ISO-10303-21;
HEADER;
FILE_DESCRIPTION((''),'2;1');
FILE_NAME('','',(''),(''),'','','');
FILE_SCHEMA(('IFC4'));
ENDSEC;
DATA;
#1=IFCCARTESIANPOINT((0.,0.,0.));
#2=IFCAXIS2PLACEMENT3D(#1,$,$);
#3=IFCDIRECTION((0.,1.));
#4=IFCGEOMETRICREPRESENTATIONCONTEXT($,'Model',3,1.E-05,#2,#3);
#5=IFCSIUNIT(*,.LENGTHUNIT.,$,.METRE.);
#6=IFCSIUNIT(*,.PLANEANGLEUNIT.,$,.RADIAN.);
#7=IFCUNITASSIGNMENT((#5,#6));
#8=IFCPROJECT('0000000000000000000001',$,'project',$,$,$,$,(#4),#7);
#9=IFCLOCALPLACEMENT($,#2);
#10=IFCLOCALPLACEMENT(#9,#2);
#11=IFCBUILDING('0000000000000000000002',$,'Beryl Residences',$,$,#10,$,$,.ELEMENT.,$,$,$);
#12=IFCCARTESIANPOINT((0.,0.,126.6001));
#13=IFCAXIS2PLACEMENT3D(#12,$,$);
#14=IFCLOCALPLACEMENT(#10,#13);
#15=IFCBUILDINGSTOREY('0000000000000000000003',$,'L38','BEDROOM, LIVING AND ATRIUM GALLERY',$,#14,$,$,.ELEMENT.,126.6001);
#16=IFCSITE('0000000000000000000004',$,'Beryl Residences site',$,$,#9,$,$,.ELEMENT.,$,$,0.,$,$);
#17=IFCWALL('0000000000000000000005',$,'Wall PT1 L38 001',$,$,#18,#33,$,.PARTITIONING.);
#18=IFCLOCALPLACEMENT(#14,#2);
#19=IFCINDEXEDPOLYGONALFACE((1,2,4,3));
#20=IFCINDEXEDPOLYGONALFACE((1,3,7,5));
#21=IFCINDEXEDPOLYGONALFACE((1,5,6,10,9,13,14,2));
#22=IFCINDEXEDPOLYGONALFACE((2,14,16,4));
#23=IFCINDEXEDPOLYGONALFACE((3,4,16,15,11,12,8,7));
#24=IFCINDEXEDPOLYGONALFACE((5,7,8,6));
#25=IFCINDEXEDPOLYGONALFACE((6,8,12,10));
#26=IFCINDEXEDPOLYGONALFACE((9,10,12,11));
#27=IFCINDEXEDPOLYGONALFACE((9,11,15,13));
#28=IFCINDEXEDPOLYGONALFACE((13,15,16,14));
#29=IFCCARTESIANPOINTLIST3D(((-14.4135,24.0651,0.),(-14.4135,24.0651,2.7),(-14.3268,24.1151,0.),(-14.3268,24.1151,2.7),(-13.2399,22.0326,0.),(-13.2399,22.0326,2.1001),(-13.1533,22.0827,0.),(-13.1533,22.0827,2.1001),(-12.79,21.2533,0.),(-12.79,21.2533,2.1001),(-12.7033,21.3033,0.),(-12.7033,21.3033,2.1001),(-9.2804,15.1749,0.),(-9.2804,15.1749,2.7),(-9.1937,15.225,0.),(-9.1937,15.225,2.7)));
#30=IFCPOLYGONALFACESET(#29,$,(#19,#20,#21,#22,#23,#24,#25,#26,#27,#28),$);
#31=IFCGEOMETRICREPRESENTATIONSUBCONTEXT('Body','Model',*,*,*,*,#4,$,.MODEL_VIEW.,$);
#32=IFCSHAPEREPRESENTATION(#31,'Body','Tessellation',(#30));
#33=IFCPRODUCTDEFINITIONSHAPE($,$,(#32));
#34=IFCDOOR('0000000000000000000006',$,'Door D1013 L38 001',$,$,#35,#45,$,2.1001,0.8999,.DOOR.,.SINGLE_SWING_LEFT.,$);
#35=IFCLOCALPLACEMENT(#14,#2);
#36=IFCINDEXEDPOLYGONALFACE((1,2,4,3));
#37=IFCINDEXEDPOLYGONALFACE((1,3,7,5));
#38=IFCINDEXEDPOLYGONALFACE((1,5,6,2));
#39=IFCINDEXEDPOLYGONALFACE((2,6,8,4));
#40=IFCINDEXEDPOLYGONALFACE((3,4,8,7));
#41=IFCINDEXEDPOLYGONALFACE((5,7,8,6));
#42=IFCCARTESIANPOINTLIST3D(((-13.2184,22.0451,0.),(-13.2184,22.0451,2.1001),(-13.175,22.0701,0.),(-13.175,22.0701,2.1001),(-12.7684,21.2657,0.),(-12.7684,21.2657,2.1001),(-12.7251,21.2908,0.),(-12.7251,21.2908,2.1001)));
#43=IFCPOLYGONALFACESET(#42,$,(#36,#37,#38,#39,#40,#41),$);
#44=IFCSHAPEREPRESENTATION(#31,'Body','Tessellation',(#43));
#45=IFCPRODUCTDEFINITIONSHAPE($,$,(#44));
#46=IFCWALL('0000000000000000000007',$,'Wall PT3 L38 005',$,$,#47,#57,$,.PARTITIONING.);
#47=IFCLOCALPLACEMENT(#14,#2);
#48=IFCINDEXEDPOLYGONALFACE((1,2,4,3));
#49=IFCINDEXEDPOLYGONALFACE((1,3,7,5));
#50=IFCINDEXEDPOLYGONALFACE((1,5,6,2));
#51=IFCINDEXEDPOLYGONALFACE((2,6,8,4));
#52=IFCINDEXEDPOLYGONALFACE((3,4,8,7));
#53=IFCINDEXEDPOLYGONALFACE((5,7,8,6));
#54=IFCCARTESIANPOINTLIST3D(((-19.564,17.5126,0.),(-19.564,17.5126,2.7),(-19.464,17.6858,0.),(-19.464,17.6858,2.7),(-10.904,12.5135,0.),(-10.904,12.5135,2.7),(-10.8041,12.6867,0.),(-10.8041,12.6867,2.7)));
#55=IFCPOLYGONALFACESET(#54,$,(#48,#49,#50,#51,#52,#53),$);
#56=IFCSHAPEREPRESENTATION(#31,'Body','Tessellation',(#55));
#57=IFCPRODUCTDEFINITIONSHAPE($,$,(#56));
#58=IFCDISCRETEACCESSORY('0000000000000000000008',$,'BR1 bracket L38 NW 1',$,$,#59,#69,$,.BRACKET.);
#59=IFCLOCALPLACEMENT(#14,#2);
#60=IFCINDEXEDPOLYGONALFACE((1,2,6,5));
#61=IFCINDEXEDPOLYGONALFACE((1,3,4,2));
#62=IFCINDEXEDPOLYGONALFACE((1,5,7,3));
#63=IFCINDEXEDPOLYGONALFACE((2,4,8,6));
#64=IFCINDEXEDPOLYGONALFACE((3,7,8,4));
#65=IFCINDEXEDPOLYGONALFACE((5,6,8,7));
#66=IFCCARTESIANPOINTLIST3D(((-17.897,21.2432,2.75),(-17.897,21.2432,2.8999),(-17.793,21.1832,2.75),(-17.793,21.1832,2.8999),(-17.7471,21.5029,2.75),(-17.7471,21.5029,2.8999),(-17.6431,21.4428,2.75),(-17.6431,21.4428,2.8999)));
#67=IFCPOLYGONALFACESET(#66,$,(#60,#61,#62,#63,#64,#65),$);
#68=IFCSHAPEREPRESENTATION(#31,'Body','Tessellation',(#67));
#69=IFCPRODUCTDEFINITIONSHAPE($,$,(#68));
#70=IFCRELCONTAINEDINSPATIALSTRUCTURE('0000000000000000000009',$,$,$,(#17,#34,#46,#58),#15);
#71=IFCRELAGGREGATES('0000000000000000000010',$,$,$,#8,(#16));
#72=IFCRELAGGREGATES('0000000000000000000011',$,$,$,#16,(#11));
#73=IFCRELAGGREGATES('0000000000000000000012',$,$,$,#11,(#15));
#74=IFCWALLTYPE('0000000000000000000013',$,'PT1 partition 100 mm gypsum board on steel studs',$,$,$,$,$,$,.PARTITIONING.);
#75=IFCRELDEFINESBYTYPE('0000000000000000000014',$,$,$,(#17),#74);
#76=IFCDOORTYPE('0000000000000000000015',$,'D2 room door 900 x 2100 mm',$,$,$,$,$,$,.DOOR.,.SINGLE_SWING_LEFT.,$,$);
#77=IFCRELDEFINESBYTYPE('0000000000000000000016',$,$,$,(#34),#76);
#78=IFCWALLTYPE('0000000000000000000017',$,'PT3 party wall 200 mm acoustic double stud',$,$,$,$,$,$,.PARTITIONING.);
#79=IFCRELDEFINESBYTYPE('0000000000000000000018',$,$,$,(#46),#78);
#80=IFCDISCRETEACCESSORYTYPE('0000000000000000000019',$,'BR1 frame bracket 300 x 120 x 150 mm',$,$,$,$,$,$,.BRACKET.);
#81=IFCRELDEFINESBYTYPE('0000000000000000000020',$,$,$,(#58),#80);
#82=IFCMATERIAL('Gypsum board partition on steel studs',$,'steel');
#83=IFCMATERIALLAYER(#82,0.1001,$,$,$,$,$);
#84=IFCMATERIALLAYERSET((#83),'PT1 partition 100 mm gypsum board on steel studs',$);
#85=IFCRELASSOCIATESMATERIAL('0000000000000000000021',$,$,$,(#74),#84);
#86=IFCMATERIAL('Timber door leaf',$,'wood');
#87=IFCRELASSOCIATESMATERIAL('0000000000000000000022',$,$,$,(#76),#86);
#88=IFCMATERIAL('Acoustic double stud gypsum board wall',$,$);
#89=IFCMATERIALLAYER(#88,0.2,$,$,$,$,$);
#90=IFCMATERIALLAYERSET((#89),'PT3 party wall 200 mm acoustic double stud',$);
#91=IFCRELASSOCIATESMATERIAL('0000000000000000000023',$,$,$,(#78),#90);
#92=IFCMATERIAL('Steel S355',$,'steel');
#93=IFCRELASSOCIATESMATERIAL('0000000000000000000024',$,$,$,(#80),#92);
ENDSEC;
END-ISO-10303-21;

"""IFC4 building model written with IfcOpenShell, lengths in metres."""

from ifc_helpers import new_model, si_unit, direction, frame, frame_2d, origin, place, context, subcontext, project, spatial, polyline, rectangle, outline, extrude, source, transform, mapped, material, layer, layer_set, type_object, type_shapes, element, fill, save


model = new_model("IFC4")

# Units and contexts
model_context = context("Model", 3, precision=1e-05, world=origin(), true_north=direction((0.0, 1.0)))
body_context = subcontext(model_context, "Body", "Model", "MODEL_VIEW")
ifc_project = project(units=[si_unit("LENGTHUNIT", "METRE"), si_unit("PLANEANGLEUNIT", "RADIAN")], contexts=[model_context])

# Site, building, storey
site_placement = place(None, origin())
site = spatial("IfcSite", under=ifc_project, at=site_placement, Name="Beryl Residences site", CompositionType="ELEMENT", RefElevation=0.0)
building_placement = place(site_placement, origin())
building = spatial("IfcBuilding", under=site, at=building_placement, Name="Beryl Residences", CompositionType="ELEMENT")
storey_placement = place(building_placement, frame((0.0, 0.0, 126.6001)))
storey = spatial("IfcBuildingStorey", under=building, at=storey_placement, Name="L38", Description="BEDROOM, LIVING AND ATRIUM GALLERY", CompositionType="ELEMENT", Elevation=126.6001)

# Wall, opening, door
ifc_material_1 = material(Name="Gypsum board partition on steel studs", Category="steel")
ifc_layer_1 = layer(ifc_material_1, 0.1001)
ifc_layer_set_1 = layer_set([ifc_layer_1], Name="PT1 partition 100 mm gypsum board on steel studs")
wall_type_1 = type_object("IfcWallType", Name="PT1 partition 100 mm gypsum board on steel studs", PredefinedType="PARTITIONING", material=ifc_layer_set_1)
wall_1_placement = place(storey_placement, frame((-14.3701, 24.0901, 0.0), z_axis=(0.0, 0.0, 1.0), x_axis=(0.500024, -0.866011, 0.0)))
wall_1 = element("IfcWall", 1, at=wall_1_placement, inside=storey, type_object=wall_type_1, Name="Wall PT1 L38 001", PredefinedType="PARTITIONING", context=body_context, shape_type="SweptSolid", body=[
    extrude(rectangle(XDim=10.2656, YDim=0.1001, at=frame_2d((5.1328, 0.0))), origin(), (0.0, 0.0, 1.0), 2.7),
])
opening_1_placement = place(wall_1_placement, frame((2.3469, 0.0, 0.0)))
opening_1 = element("IfcOpeningElement", 2, at=opening_1_placement, cuts=wall_1, PredefinedType="OPENING", context=body_context, shape_type="SweptSolid", body=[
    extrude(rectangle(XDim=0.8999, YDim=2.1001, at=frame_2d((0.45, 1.05))), frame((0.0, 0.0601, 0.0), z_axis=(0.0, -1.0, 0.0), x_axis=(1.0, 0.0, 0.0)), (0.0, 0.0, 1.0), 0.1201),
])
ifc_material_2 = material(Name="Timber door leaf", Category="wood")
door_type = type_object("IfcDoorType", Name="D2 room door 900 x 2100 mm", OperationType="SINGLE_SWING_LEFT", PredefinedType="DOOR", material=ifc_material_2)
door_placement = place(opening_1_placement, origin())
door = element("IfcDoor", 3, at=door_placement, inside=storey, type_object=door_type, Name="Door D1013 L38 001", OperationType="SINGLE_SWING_LEFT", OverallHeight=2.1001, OverallWidth=0.8999, PredefinedType="DOOR", context=body_context, shape_type="SweptSolid", body=[
    extrude(rectangle(XDim=0.8999, YDim=2.1001, at=frame_2d((0.45, 1.05))), frame((0.0, 0.0249, 0.0), z_axis=(0.0, -1.0, 0.0), x_axis=(1.0, 0.0, 0.0)), (0.0, 0.0, 1.0), 0.05),
])
fill(opening_1, door)

# Wall
ifc_material_3 = material(Name="Acoustic double stud gypsum board wall")
ifc_layer_2 = layer(ifc_material_3, 0.2)
ifc_layer_set_2 = layer_set([ifc_layer_2], Name="PT3 party wall 200 mm acoustic double stud")
wall_type_2 = type_object("IfcWallType", Name="PT3 party wall 200 mm acoustic double stud", PredefinedType="PARTITIONING", material=ifc_layer_set_2)
wall_2_placement = place(storey_placement, frame((-19.5139, 17.5991, 0.0), z_axis=(0.0, 0.0, 1.0), x_axis=(0.866059, -0.499942, 0.0)))
element("IfcWall", 4, at=wall_2_placement, inside=storey, type_object=wall_type_2, Name="Wall PT3 L38 005", PredefinedType="PARTITIONING", context=body_context, shape_type="SweptSolid", body=[
    extrude(rectangle(XDim=9.9993, YDim=0.2, at=frame_2d((4.9995, 0.0))), origin(), (0.0, 0.0, 1.0), 2.7),
])

# Discrete accessory
ifc_material_4 = material(Name="Steel S355", Category="steel")
discrete_accessory_type = type_object("IfcDiscreteAccessoryType", Name="BR1 frame bracket 300 x 120 x 150 mm", PredefinedType="BRACKET", material=ifc_material_4)
shared_shape_1 = source(origin(), body_context, "Body", "SweptSolid", [
    extrude(outline(polyline([(-0.1499, 0.0), (0.1499, 0.0), (0.1499, 0.1201), (-0.1499, 0.1201), (-0.1499, 0.0)])), origin(), (0.0, 0.0, 1.0), 0.1499),
])
type_shapes(discrete_accessory_type, [shared_shape_1])
discrete_accessory_placement = place(storey_placement, frame((-17.718, 21.313, 2.75), z_axis=(0.0, 0.0, 1.0), x_axis=(0.5, 0.866025, 0.0)))
element("IfcDiscreteAccessory", 5, at=discrete_accessory_placement, inside=storey, type_object=discrete_accessory_type, Name="BR1 bracket L38 NW 1", PredefinedType="BRACKET", context=body_context, shape_type="MappedRepresentation", body=[
    mapped(shared_shape_1, transform((0.0, 0.0, 0.0))),
])

save(model, "model.ifc")
